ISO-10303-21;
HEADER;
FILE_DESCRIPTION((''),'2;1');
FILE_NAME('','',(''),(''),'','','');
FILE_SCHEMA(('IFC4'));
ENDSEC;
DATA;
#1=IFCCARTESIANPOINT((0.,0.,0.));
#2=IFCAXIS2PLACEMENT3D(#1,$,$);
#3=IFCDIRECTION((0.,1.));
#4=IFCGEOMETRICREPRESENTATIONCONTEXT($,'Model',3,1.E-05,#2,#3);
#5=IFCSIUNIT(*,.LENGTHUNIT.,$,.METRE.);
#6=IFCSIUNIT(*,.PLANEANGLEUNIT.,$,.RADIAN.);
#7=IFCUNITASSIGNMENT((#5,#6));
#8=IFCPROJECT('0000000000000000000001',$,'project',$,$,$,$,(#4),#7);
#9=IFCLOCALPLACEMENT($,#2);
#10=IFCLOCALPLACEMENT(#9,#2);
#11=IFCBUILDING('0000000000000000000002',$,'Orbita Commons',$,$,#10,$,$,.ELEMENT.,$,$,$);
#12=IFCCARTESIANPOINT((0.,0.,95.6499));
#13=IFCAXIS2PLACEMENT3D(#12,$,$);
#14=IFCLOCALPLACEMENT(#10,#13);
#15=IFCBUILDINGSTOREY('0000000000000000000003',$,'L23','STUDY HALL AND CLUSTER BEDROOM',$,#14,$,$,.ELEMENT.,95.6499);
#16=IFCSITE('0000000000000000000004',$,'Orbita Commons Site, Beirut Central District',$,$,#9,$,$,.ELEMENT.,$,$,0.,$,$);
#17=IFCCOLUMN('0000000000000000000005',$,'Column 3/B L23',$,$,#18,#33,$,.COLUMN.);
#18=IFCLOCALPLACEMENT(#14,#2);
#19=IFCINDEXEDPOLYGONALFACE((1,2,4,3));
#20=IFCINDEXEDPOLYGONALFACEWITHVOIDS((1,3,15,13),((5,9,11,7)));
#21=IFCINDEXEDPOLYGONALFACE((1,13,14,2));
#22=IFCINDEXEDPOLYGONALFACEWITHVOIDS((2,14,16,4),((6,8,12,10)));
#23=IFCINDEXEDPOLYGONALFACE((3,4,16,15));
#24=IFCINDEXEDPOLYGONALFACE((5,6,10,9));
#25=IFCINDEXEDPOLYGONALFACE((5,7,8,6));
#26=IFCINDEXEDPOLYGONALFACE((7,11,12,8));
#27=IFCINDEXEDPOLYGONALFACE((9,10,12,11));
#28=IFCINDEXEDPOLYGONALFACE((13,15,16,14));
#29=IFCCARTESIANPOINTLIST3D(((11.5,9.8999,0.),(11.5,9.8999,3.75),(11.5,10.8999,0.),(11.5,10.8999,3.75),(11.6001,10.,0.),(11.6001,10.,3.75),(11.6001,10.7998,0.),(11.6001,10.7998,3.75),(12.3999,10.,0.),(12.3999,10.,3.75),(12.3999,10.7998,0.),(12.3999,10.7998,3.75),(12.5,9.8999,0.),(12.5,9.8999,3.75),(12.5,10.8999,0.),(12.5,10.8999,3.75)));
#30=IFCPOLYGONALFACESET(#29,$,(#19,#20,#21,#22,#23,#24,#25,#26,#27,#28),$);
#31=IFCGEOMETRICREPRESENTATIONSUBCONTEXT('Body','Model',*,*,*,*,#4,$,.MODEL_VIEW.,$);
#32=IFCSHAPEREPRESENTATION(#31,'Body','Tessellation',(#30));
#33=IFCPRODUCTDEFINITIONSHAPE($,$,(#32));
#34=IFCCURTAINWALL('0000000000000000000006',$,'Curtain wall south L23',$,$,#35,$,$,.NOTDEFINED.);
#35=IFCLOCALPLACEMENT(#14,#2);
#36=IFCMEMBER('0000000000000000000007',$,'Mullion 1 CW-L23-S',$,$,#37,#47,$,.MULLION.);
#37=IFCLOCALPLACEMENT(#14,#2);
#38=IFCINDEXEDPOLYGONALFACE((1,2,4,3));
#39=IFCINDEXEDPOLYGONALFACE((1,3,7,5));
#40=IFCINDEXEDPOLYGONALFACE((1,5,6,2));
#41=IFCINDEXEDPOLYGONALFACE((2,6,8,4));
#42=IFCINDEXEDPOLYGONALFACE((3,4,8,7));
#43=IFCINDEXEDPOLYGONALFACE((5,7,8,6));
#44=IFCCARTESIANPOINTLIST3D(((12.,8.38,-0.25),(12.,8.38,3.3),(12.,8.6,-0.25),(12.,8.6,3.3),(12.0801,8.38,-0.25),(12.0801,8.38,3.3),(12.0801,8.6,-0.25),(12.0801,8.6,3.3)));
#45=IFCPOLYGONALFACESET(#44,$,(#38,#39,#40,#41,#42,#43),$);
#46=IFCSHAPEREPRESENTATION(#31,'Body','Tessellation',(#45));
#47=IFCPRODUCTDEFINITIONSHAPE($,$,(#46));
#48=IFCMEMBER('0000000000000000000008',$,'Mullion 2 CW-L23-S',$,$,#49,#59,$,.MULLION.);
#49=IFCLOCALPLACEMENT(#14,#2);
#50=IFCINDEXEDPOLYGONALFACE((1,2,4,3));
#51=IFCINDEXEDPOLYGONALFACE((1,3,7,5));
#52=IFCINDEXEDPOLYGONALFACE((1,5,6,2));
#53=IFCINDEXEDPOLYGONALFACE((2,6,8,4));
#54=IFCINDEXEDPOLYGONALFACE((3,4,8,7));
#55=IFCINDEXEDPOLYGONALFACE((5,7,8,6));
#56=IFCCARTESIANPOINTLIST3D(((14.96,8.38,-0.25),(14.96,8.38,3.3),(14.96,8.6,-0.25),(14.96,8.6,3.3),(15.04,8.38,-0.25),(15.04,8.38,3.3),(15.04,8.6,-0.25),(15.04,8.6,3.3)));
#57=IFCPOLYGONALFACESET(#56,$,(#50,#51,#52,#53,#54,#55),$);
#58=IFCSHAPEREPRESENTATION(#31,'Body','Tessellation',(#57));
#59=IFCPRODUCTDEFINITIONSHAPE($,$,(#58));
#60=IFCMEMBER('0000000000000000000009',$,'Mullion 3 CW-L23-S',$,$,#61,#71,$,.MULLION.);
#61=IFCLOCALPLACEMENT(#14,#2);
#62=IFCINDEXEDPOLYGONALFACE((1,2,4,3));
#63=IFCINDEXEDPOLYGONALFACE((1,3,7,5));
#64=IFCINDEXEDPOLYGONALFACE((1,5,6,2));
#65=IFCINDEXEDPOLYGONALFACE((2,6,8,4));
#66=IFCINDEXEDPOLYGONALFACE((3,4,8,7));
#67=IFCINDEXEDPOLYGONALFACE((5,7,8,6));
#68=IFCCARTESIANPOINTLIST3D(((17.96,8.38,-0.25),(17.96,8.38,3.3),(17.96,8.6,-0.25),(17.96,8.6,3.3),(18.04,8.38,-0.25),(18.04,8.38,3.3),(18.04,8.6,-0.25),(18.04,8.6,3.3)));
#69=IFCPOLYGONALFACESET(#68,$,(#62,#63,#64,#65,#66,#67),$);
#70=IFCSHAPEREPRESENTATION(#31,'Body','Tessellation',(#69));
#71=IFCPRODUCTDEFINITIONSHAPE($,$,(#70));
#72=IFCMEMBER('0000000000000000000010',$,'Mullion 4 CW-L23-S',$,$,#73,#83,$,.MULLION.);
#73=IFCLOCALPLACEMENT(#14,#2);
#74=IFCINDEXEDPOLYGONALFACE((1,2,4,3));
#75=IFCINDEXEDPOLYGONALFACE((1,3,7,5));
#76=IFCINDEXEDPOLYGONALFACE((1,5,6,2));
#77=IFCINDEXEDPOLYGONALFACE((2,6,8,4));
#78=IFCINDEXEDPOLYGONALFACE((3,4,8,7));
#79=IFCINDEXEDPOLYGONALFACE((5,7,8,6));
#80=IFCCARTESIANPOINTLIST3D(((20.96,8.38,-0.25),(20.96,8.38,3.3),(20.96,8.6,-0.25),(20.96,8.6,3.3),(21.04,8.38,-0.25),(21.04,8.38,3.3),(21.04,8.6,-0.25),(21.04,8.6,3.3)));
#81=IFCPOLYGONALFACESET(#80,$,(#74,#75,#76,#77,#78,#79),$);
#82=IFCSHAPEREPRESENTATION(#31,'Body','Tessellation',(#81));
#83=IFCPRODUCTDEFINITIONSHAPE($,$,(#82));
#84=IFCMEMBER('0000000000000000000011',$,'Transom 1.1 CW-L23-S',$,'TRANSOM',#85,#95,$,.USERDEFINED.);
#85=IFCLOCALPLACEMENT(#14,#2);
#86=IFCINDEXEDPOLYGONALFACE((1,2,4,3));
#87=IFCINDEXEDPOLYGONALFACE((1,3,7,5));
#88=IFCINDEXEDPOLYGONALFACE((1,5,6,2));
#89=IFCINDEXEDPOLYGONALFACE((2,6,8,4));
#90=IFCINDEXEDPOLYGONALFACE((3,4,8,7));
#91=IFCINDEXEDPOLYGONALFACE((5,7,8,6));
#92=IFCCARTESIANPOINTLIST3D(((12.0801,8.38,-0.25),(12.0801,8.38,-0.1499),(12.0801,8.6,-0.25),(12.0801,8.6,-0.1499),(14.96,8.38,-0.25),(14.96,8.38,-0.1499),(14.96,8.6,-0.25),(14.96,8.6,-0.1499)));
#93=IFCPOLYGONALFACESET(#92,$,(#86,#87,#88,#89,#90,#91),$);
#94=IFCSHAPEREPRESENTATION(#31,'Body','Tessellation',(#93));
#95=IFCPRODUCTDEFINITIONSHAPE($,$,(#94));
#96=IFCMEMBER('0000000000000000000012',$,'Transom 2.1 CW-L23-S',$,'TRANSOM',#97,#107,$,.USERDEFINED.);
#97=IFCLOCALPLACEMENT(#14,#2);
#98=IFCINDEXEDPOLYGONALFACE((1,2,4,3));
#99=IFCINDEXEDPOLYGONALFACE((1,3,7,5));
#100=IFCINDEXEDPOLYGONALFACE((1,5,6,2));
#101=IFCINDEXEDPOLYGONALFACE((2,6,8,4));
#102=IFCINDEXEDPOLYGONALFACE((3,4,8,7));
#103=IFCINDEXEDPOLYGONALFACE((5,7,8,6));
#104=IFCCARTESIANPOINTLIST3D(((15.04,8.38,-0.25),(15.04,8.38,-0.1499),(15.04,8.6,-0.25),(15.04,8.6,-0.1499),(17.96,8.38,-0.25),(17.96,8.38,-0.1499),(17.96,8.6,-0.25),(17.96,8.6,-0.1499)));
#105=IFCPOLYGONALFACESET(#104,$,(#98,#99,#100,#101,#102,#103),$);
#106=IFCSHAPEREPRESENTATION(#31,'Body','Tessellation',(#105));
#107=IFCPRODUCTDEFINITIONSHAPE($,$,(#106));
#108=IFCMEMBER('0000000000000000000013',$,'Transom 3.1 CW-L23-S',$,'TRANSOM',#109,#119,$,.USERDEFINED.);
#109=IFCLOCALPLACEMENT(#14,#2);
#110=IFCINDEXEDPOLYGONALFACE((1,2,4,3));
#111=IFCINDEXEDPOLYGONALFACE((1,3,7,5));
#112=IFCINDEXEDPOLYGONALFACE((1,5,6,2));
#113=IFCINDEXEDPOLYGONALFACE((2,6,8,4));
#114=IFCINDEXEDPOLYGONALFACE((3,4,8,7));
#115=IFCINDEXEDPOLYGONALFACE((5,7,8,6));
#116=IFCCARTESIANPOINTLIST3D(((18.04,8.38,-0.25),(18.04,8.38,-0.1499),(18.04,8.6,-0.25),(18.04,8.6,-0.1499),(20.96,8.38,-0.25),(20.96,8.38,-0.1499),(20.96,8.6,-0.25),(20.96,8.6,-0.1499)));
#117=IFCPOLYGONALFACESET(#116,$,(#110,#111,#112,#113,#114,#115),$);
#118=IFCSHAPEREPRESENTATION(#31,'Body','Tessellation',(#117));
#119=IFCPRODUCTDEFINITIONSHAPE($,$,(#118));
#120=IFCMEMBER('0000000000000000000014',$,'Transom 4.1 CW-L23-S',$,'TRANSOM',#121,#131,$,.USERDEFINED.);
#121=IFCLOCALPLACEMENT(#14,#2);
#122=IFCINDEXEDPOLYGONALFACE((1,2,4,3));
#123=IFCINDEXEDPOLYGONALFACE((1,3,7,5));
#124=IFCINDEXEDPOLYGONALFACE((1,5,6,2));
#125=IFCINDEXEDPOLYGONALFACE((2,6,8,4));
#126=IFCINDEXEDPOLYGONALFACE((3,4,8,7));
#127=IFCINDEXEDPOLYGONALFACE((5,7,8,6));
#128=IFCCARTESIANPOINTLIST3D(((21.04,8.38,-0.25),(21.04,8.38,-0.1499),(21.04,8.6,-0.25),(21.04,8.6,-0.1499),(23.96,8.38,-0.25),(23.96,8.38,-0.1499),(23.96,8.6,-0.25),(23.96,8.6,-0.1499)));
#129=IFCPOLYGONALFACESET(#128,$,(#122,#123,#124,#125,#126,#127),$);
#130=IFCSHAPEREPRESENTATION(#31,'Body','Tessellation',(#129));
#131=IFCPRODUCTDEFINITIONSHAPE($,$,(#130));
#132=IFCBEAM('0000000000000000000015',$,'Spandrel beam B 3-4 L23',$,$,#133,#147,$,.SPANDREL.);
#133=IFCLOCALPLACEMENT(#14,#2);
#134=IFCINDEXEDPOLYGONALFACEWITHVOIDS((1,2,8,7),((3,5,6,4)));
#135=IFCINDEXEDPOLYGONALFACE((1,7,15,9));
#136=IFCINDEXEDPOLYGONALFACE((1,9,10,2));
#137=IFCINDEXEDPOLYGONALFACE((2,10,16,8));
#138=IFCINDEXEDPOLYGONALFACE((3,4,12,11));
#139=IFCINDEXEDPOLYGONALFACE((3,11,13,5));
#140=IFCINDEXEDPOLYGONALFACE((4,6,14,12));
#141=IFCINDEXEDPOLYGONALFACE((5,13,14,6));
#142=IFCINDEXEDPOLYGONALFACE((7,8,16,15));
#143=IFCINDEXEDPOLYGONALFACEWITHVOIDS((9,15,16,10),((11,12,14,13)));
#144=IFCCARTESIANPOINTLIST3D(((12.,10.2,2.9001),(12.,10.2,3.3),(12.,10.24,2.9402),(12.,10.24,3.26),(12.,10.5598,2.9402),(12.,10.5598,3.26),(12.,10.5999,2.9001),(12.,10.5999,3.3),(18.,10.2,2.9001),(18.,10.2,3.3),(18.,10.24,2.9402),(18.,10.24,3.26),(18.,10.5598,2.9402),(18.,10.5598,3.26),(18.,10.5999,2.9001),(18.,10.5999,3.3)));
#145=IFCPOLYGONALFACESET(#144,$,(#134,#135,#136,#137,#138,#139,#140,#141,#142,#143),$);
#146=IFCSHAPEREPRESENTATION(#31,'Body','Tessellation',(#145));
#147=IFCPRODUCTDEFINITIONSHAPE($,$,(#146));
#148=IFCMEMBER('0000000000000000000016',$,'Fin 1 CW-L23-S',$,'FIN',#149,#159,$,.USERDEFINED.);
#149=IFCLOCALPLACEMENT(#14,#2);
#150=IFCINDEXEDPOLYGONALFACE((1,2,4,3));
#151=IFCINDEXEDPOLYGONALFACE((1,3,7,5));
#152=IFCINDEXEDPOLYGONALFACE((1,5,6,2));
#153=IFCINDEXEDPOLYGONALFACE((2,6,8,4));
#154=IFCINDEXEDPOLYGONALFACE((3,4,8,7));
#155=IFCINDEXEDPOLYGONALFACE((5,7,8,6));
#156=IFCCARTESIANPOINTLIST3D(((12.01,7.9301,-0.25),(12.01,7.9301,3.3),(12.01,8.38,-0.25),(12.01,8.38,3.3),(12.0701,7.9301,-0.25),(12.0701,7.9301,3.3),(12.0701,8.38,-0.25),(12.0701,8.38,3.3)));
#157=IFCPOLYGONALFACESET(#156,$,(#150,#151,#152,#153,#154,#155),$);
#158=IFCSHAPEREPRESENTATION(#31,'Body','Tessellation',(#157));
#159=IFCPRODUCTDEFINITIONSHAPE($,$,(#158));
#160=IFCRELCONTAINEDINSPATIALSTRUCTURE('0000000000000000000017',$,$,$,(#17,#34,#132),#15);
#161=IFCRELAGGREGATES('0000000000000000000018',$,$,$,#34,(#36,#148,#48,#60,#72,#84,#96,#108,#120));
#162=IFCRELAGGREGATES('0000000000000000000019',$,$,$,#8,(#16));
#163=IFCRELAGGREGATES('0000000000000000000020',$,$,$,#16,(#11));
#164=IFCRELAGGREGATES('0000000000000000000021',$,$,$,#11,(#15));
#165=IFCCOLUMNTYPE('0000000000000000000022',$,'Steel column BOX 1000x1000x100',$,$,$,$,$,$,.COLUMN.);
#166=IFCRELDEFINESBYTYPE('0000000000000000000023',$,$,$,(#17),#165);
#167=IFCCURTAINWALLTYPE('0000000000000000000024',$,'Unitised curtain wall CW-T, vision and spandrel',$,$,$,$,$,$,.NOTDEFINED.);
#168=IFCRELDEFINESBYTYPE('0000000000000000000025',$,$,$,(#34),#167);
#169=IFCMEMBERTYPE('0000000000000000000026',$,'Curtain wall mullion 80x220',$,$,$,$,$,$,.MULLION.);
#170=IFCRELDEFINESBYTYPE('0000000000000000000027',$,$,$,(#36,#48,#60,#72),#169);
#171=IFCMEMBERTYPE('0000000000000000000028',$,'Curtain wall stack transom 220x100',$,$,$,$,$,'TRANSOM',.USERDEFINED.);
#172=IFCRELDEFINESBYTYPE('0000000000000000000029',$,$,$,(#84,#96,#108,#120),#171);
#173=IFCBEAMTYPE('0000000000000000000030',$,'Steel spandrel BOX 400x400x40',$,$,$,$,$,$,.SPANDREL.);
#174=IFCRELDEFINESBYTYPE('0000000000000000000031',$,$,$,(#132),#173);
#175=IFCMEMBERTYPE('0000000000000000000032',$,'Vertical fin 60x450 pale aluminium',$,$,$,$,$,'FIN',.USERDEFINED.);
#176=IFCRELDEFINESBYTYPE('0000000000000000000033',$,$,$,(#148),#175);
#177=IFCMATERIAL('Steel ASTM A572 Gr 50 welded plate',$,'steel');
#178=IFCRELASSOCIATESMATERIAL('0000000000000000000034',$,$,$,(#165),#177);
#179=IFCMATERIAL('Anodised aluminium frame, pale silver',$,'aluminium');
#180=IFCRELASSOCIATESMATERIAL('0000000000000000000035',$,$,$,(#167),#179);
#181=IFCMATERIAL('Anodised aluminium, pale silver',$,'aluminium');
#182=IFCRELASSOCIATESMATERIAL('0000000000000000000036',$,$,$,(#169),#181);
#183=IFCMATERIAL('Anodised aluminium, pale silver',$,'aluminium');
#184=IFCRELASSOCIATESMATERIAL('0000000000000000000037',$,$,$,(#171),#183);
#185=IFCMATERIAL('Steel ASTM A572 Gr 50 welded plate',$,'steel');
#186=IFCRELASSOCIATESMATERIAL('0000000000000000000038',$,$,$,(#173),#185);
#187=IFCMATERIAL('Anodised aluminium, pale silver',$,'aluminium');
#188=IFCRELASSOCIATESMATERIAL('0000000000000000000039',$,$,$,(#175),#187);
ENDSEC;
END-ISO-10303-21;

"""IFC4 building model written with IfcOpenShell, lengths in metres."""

from ifc_helpers import new_model, si_unit, direction, frame, origin, origin_2d, place, context, subcontext, project, spatial, rectangle, hollow_rectangle, extrude, material, material_profile, profile_set, type_object, element, aggregate, save


model = new_model("IFC4")

# Units and contexts
model_context = context("Model", 3, precision=1e-05, world=origin(), true_north=direction((0.0, 1.0)))
body_context = subcontext(model_context, "Body", "Model", "MODEL_VIEW")
ifc_project = project(units=[si_unit("LENGTHUNIT", "METRE"), si_unit("PLANEANGLEUNIT", "RADIAN")], contexts=[model_context])

# Site, building, storey
site_placement = place(None, origin())
site = spatial("IfcSite", under=ifc_project, at=site_placement, Name="Orbita Commons Site, Beirut Central District", CompositionType="ELEMENT", RefElevation=0.0)
building_placement = place(site_placement, origin())
building = spatial("IfcBuilding", under=site, at=building_placement, Name="Orbita Commons", CompositionType="ELEMENT")
storey_placement = place(building_placement, frame((0.0, 0.0, 95.6499)))
storey = spatial("IfcBuildingStorey", under=building, at=storey_placement, Name="L23", Description="STUDY HALL AND CLUSTER BEDROOM", CompositionType="ELEMENT", Elevation=95.6499)

# Column
ifc_material_1 = material(Name="Steel ASTM A572 Gr 50 welded plate", Category="steel")
ifc_material_profile_1 = material_profile(ifc_material_1, hollow_rectangle(XDim=1.0, YDim=1.0, WallThickness=0.1001, at=origin_2d()), Name="BOX 1000x1000x100")
ifc_profile_set_1 = profile_set([ifc_material_profile_1], Name="Steel ASTM A572 Gr 50 welded plate")
column_type = type_object("IfcColumnType", Name="Steel column BOX 1000x1000x100", PredefinedType="COLUMN", material=ifc_profile_set_1)
column_placement = place(storey_placement, frame((12.0, 10.3999, 0.0), z_axis=(0.0, 0.0, 1.0), x_axis=(1.0, 0.0, 0.0)))
element("IfcColumn", 1, at=column_placement, inside=storey, type_object=column_type, Name="Column 3/B L23", PredefinedType="COLUMN", context=body_context, shape_type="SweptSolid", body=[
    extrude(hollow_rectangle(XDim=1.0, YDim=1.0, WallThickness=0.1001, at=origin_2d()), origin(), (0.0, 0.0, 1.0), 3.75),
])

# Curtain wall, members
ifc_material_2 = material(Name="Anodised aluminium frame, pale silver", Category="aluminium")
curtain_wall_type = type_object("IfcCurtainWallType", Name="Unitised curtain wall CW-T, vision and spandrel", PredefinedType="NOTDEFINED", material=ifc_material_2)
curtain_wall_placement = place(storey_placement, origin())
curtain_wall = element("IfcCurtainWall", 2, at=curtain_wall_placement, inside=storey, type_object=curtain_wall_type, Name="Curtain wall south L23", PredefinedType="NOTDEFINED")
ifc_material_3 = material(Name="Anodised aluminium, pale silver", Category="aluminium")
ifc_material_profile_2 = material_profile(ifc_material_3, rectangle(XDim=0.0801, YDim=0.22, at=origin_2d()), Name="AL 80x220")
ifc_profile_set_2 = profile_set([ifc_material_profile_2], Name="Anodised aluminium, pale silver")
member_type_1 = type_object("IfcMemberType", Name="Curtain wall mullion 80x220", PredefinedType="MULLION", material=ifc_profile_set_2)
member_1_placement = place(storey_placement, frame((12.04, 8.49, -0.25), z_axis=(0.0, 0.0, 1.0), x_axis=(1.0, 0.0, 0.0)))
member_1 = element("IfcMember", 3, at=member_1_placement, type_object=member_type_1, Name="Mullion 1 CW-L23-S", PredefinedType="MULLION", context=body_context, shape_type="SweptSolid", body=[
    extrude(rectangle(XDim=0.0801, YDim=0.22, at=origin_2d()), origin(), (0.0, 0.0, 1.0), 3.55),
])
member_2_placement = place(storey_placement, frame((15.0, 8.49, -0.25), z_axis=(0.0, 0.0, 1.0), x_axis=(1.0, 0.0, 0.0)))
member_2 = element("IfcMember", 4, at=member_2_placement, type_object=member_type_1, Name="Mullion 2 CW-L23-S", PredefinedType="MULLION", context=body_context, shape_type="SweptSolid", body=[
    extrude(rectangle(XDim=0.0801, YDim=0.22, at=origin_2d()), origin(), (0.0, 0.0, 1.0), 3.55),
])
member_3_placement = place(storey_placement, frame((18.0, 8.49, -0.25), z_axis=(0.0, 0.0, 1.0), x_axis=(1.0, 0.0, 0.0)))
member_3 = element("IfcMember", 5, at=member_3_placement, type_object=member_type_1, Name="Mullion 3 CW-L23-S", PredefinedType="MULLION", context=body_context, shape_type="SweptSolid", body=[
    extrude(rectangle(XDim=0.0801, YDim=0.22, at=origin_2d()), origin(), (0.0, 0.0, 1.0), 3.55),
])
member_4_placement = place(storey_placement, frame((21.0, 8.49, -0.25), z_axis=(0.0, 0.0, 1.0), x_axis=(1.0, 0.0, 0.0)))
member_4 = element("IfcMember", 6, at=member_4_placement, type_object=member_type_1, Name="Mullion 4 CW-L23-S", PredefinedType="MULLION", context=body_context, shape_type="SweptSolid", body=[
    extrude(rectangle(XDim=0.0801, YDim=0.22, at=origin_2d()), origin(), (0.0, 0.0, 1.0), 3.55),
])
ifc_material_4 = material(Name="Anodised aluminium, pale silver", Category="aluminium")
ifc_material_profile_3 = material_profile(ifc_material_4, rectangle(XDim=0.22, YDim=0.1001, at=origin_2d()), Name="AL 220x100")
ifc_profile_set_3 = profile_set([ifc_material_profile_3], Name="Anodised aluminium, pale silver")
member_type_2 = type_object("IfcMemberType", Name="Curtain wall stack transom 220x100", ElementType="TRANSOM", PredefinedType="USERDEFINED", material=ifc_profile_set_3)
member_5_placement = place(storey_placement, frame((12.0801, 8.49, -0.2), z_axis=(1.0, 0.0, 0.0), x_axis=(0.0, 1.0, 0.0)))
member_5 = element("IfcMember", 7, at=member_5_placement, type_object=member_type_2, Name="Transom 1.1 CW-L23-S", ObjectType="TRANSOM", PredefinedType="USERDEFINED", context=body_context, shape_type="SweptSolid", body=[
    extrude(rectangle(XDim=0.22, YDim=0.1001, at=origin_2d()), origin(), (0.0, 0.0, 1.0), 2.8799),
])
member_6_placement = place(storey_placement, frame((15.04, 8.49, -0.2), z_axis=(1.0, 0.0, 0.0), x_axis=(0.0, 1.0, 0.0)))
member_6 = element("IfcMember", 8, at=member_6_placement, type_object=member_type_2, Name="Transom 2.1 CW-L23-S", ObjectType="TRANSOM", PredefinedType="USERDEFINED", context=body_context, shape_type="SweptSolid", body=[
    extrude(rectangle(XDim=0.22, YDim=0.1001, at=origin_2d()), origin(), (0.0, 0.0, 1.0), 2.9199),
])
member_7_placement = place(storey_placement, frame((18.04, 8.49, -0.2), z_axis=(1.0, 0.0, 0.0), x_axis=(0.0, 1.0, 0.0)))
member_7 = element("IfcMember", 9, at=member_7_placement, type_object=member_type_2, Name="Transom 3.1 CW-L23-S", ObjectType="TRANSOM", PredefinedType="USERDEFINED", context=body_context, shape_type="SweptSolid", body=[
    extrude(rectangle(XDim=0.22, YDim=0.1001, at=origin_2d()), origin(), (0.0, 0.0, 1.0), 2.9199),
])
member_8_placement = place(storey_placement, frame((21.04, 8.49, -0.2), z_axis=(1.0, 0.0, 0.0), x_axis=(0.0, 1.0, 0.0)))
member_8 = element("IfcMember", 10, at=member_8_placement, type_object=member_type_2, Name="Transom 4.1 CW-L23-S", ObjectType="TRANSOM", PredefinedType="USERDEFINED", context=body_context, shape_type="SweptSolid", body=[
    extrude(rectangle(XDim=0.22, YDim=0.1001, at=origin_2d()), origin(), (0.0, 0.0, 1.0), 2.9199),
])

# Beam
ifc_material_5 = material(Name="Steel ASTM A572 Gr 50 welded plate", Category="steel")
ifc_material_profile_4 = material_profile(ifc_material_5, hollow_rectangle(XDim=0.3999, YDim=0.3999, WallThickness=0.04, at=origin_2d()), Name="BOX 400x400x40")
ifc_profile_set_4 = profile_set([ifc_material_profile_4], Name="Steel ASTM A572 Gr 50 welded plate")
beam_type = type_object("IfcBeamType", Name="Steel spandrel BOX 400x400x40", PredefinedType="SPANDREL", material=ifc_profile_set_4)
beam_placement = place(storey_placement, frame((12.0, 10.3999, 3.1001), z_axis=(1.0, 0.0, 0.0), x_axis=(0.0, 1.0, 0.0)))
element("IfcBeam", 11, at=beam_placement, inside=storey, type_object=beam_type, Name="Spandrel beam B 3-4 L23", PredefinedType="SPANDREL", context=body_context, shape_type="SweptSolid", body=[
    extrude(hollow_rectangle(XDim=0.3999, YDim=0.3999, WallThickness=0.04, at=origin_2d()), origin(), (0.0, 0.0, 1.0), 6.0),
])

# Member
ifc_material_6 = material(Name="Anodised aluminium, pale silver", Category="aluminium")
ifc_material_profile_5 = material_profile(ifc_material_6, rectangle(XDim=0.0601, YDim=0.45, at=origin_2d()), Name="FIN 60x450")
ifc_profile_set_5 = profile_set([ifc_material_profile_5], Name="Anodised aluminium, pale silver")
member_type_3 = type_object("IfcMemberType", Name="Vertical fin 60x450 pale aluminium", ElementType="FIN", PredefinedType="USERDEFINED", material=ifc_profile_set_5)
member_9_placement = place(storey_placement, frame((12.04, 8.155, -0.25), z_axis=(0.0, 0.0, 1.0), x_axis=(1.0, 0.0, 0.0)))
member_9 = element("IfcMember", 12, at=member_9_placement, type_object=member_type_3, Name="Fin 1 CW-L23-S", ObjectType="FIN", PredefinedType="USERDEFINED", context=body_context, shape_type="SweptSolid", body=[
    extrude(rectangle(XDim=0.0601, YDim=0.45, at=origin_2d()), origin(), (0.0, 0.0, 1.0), 3.55),
])

aggregate(curtain_wall, [member_1, member_9, member_2, member_3, member_4, member_5, member_6, member_7, member_8])

save(model, "model.ifc")
